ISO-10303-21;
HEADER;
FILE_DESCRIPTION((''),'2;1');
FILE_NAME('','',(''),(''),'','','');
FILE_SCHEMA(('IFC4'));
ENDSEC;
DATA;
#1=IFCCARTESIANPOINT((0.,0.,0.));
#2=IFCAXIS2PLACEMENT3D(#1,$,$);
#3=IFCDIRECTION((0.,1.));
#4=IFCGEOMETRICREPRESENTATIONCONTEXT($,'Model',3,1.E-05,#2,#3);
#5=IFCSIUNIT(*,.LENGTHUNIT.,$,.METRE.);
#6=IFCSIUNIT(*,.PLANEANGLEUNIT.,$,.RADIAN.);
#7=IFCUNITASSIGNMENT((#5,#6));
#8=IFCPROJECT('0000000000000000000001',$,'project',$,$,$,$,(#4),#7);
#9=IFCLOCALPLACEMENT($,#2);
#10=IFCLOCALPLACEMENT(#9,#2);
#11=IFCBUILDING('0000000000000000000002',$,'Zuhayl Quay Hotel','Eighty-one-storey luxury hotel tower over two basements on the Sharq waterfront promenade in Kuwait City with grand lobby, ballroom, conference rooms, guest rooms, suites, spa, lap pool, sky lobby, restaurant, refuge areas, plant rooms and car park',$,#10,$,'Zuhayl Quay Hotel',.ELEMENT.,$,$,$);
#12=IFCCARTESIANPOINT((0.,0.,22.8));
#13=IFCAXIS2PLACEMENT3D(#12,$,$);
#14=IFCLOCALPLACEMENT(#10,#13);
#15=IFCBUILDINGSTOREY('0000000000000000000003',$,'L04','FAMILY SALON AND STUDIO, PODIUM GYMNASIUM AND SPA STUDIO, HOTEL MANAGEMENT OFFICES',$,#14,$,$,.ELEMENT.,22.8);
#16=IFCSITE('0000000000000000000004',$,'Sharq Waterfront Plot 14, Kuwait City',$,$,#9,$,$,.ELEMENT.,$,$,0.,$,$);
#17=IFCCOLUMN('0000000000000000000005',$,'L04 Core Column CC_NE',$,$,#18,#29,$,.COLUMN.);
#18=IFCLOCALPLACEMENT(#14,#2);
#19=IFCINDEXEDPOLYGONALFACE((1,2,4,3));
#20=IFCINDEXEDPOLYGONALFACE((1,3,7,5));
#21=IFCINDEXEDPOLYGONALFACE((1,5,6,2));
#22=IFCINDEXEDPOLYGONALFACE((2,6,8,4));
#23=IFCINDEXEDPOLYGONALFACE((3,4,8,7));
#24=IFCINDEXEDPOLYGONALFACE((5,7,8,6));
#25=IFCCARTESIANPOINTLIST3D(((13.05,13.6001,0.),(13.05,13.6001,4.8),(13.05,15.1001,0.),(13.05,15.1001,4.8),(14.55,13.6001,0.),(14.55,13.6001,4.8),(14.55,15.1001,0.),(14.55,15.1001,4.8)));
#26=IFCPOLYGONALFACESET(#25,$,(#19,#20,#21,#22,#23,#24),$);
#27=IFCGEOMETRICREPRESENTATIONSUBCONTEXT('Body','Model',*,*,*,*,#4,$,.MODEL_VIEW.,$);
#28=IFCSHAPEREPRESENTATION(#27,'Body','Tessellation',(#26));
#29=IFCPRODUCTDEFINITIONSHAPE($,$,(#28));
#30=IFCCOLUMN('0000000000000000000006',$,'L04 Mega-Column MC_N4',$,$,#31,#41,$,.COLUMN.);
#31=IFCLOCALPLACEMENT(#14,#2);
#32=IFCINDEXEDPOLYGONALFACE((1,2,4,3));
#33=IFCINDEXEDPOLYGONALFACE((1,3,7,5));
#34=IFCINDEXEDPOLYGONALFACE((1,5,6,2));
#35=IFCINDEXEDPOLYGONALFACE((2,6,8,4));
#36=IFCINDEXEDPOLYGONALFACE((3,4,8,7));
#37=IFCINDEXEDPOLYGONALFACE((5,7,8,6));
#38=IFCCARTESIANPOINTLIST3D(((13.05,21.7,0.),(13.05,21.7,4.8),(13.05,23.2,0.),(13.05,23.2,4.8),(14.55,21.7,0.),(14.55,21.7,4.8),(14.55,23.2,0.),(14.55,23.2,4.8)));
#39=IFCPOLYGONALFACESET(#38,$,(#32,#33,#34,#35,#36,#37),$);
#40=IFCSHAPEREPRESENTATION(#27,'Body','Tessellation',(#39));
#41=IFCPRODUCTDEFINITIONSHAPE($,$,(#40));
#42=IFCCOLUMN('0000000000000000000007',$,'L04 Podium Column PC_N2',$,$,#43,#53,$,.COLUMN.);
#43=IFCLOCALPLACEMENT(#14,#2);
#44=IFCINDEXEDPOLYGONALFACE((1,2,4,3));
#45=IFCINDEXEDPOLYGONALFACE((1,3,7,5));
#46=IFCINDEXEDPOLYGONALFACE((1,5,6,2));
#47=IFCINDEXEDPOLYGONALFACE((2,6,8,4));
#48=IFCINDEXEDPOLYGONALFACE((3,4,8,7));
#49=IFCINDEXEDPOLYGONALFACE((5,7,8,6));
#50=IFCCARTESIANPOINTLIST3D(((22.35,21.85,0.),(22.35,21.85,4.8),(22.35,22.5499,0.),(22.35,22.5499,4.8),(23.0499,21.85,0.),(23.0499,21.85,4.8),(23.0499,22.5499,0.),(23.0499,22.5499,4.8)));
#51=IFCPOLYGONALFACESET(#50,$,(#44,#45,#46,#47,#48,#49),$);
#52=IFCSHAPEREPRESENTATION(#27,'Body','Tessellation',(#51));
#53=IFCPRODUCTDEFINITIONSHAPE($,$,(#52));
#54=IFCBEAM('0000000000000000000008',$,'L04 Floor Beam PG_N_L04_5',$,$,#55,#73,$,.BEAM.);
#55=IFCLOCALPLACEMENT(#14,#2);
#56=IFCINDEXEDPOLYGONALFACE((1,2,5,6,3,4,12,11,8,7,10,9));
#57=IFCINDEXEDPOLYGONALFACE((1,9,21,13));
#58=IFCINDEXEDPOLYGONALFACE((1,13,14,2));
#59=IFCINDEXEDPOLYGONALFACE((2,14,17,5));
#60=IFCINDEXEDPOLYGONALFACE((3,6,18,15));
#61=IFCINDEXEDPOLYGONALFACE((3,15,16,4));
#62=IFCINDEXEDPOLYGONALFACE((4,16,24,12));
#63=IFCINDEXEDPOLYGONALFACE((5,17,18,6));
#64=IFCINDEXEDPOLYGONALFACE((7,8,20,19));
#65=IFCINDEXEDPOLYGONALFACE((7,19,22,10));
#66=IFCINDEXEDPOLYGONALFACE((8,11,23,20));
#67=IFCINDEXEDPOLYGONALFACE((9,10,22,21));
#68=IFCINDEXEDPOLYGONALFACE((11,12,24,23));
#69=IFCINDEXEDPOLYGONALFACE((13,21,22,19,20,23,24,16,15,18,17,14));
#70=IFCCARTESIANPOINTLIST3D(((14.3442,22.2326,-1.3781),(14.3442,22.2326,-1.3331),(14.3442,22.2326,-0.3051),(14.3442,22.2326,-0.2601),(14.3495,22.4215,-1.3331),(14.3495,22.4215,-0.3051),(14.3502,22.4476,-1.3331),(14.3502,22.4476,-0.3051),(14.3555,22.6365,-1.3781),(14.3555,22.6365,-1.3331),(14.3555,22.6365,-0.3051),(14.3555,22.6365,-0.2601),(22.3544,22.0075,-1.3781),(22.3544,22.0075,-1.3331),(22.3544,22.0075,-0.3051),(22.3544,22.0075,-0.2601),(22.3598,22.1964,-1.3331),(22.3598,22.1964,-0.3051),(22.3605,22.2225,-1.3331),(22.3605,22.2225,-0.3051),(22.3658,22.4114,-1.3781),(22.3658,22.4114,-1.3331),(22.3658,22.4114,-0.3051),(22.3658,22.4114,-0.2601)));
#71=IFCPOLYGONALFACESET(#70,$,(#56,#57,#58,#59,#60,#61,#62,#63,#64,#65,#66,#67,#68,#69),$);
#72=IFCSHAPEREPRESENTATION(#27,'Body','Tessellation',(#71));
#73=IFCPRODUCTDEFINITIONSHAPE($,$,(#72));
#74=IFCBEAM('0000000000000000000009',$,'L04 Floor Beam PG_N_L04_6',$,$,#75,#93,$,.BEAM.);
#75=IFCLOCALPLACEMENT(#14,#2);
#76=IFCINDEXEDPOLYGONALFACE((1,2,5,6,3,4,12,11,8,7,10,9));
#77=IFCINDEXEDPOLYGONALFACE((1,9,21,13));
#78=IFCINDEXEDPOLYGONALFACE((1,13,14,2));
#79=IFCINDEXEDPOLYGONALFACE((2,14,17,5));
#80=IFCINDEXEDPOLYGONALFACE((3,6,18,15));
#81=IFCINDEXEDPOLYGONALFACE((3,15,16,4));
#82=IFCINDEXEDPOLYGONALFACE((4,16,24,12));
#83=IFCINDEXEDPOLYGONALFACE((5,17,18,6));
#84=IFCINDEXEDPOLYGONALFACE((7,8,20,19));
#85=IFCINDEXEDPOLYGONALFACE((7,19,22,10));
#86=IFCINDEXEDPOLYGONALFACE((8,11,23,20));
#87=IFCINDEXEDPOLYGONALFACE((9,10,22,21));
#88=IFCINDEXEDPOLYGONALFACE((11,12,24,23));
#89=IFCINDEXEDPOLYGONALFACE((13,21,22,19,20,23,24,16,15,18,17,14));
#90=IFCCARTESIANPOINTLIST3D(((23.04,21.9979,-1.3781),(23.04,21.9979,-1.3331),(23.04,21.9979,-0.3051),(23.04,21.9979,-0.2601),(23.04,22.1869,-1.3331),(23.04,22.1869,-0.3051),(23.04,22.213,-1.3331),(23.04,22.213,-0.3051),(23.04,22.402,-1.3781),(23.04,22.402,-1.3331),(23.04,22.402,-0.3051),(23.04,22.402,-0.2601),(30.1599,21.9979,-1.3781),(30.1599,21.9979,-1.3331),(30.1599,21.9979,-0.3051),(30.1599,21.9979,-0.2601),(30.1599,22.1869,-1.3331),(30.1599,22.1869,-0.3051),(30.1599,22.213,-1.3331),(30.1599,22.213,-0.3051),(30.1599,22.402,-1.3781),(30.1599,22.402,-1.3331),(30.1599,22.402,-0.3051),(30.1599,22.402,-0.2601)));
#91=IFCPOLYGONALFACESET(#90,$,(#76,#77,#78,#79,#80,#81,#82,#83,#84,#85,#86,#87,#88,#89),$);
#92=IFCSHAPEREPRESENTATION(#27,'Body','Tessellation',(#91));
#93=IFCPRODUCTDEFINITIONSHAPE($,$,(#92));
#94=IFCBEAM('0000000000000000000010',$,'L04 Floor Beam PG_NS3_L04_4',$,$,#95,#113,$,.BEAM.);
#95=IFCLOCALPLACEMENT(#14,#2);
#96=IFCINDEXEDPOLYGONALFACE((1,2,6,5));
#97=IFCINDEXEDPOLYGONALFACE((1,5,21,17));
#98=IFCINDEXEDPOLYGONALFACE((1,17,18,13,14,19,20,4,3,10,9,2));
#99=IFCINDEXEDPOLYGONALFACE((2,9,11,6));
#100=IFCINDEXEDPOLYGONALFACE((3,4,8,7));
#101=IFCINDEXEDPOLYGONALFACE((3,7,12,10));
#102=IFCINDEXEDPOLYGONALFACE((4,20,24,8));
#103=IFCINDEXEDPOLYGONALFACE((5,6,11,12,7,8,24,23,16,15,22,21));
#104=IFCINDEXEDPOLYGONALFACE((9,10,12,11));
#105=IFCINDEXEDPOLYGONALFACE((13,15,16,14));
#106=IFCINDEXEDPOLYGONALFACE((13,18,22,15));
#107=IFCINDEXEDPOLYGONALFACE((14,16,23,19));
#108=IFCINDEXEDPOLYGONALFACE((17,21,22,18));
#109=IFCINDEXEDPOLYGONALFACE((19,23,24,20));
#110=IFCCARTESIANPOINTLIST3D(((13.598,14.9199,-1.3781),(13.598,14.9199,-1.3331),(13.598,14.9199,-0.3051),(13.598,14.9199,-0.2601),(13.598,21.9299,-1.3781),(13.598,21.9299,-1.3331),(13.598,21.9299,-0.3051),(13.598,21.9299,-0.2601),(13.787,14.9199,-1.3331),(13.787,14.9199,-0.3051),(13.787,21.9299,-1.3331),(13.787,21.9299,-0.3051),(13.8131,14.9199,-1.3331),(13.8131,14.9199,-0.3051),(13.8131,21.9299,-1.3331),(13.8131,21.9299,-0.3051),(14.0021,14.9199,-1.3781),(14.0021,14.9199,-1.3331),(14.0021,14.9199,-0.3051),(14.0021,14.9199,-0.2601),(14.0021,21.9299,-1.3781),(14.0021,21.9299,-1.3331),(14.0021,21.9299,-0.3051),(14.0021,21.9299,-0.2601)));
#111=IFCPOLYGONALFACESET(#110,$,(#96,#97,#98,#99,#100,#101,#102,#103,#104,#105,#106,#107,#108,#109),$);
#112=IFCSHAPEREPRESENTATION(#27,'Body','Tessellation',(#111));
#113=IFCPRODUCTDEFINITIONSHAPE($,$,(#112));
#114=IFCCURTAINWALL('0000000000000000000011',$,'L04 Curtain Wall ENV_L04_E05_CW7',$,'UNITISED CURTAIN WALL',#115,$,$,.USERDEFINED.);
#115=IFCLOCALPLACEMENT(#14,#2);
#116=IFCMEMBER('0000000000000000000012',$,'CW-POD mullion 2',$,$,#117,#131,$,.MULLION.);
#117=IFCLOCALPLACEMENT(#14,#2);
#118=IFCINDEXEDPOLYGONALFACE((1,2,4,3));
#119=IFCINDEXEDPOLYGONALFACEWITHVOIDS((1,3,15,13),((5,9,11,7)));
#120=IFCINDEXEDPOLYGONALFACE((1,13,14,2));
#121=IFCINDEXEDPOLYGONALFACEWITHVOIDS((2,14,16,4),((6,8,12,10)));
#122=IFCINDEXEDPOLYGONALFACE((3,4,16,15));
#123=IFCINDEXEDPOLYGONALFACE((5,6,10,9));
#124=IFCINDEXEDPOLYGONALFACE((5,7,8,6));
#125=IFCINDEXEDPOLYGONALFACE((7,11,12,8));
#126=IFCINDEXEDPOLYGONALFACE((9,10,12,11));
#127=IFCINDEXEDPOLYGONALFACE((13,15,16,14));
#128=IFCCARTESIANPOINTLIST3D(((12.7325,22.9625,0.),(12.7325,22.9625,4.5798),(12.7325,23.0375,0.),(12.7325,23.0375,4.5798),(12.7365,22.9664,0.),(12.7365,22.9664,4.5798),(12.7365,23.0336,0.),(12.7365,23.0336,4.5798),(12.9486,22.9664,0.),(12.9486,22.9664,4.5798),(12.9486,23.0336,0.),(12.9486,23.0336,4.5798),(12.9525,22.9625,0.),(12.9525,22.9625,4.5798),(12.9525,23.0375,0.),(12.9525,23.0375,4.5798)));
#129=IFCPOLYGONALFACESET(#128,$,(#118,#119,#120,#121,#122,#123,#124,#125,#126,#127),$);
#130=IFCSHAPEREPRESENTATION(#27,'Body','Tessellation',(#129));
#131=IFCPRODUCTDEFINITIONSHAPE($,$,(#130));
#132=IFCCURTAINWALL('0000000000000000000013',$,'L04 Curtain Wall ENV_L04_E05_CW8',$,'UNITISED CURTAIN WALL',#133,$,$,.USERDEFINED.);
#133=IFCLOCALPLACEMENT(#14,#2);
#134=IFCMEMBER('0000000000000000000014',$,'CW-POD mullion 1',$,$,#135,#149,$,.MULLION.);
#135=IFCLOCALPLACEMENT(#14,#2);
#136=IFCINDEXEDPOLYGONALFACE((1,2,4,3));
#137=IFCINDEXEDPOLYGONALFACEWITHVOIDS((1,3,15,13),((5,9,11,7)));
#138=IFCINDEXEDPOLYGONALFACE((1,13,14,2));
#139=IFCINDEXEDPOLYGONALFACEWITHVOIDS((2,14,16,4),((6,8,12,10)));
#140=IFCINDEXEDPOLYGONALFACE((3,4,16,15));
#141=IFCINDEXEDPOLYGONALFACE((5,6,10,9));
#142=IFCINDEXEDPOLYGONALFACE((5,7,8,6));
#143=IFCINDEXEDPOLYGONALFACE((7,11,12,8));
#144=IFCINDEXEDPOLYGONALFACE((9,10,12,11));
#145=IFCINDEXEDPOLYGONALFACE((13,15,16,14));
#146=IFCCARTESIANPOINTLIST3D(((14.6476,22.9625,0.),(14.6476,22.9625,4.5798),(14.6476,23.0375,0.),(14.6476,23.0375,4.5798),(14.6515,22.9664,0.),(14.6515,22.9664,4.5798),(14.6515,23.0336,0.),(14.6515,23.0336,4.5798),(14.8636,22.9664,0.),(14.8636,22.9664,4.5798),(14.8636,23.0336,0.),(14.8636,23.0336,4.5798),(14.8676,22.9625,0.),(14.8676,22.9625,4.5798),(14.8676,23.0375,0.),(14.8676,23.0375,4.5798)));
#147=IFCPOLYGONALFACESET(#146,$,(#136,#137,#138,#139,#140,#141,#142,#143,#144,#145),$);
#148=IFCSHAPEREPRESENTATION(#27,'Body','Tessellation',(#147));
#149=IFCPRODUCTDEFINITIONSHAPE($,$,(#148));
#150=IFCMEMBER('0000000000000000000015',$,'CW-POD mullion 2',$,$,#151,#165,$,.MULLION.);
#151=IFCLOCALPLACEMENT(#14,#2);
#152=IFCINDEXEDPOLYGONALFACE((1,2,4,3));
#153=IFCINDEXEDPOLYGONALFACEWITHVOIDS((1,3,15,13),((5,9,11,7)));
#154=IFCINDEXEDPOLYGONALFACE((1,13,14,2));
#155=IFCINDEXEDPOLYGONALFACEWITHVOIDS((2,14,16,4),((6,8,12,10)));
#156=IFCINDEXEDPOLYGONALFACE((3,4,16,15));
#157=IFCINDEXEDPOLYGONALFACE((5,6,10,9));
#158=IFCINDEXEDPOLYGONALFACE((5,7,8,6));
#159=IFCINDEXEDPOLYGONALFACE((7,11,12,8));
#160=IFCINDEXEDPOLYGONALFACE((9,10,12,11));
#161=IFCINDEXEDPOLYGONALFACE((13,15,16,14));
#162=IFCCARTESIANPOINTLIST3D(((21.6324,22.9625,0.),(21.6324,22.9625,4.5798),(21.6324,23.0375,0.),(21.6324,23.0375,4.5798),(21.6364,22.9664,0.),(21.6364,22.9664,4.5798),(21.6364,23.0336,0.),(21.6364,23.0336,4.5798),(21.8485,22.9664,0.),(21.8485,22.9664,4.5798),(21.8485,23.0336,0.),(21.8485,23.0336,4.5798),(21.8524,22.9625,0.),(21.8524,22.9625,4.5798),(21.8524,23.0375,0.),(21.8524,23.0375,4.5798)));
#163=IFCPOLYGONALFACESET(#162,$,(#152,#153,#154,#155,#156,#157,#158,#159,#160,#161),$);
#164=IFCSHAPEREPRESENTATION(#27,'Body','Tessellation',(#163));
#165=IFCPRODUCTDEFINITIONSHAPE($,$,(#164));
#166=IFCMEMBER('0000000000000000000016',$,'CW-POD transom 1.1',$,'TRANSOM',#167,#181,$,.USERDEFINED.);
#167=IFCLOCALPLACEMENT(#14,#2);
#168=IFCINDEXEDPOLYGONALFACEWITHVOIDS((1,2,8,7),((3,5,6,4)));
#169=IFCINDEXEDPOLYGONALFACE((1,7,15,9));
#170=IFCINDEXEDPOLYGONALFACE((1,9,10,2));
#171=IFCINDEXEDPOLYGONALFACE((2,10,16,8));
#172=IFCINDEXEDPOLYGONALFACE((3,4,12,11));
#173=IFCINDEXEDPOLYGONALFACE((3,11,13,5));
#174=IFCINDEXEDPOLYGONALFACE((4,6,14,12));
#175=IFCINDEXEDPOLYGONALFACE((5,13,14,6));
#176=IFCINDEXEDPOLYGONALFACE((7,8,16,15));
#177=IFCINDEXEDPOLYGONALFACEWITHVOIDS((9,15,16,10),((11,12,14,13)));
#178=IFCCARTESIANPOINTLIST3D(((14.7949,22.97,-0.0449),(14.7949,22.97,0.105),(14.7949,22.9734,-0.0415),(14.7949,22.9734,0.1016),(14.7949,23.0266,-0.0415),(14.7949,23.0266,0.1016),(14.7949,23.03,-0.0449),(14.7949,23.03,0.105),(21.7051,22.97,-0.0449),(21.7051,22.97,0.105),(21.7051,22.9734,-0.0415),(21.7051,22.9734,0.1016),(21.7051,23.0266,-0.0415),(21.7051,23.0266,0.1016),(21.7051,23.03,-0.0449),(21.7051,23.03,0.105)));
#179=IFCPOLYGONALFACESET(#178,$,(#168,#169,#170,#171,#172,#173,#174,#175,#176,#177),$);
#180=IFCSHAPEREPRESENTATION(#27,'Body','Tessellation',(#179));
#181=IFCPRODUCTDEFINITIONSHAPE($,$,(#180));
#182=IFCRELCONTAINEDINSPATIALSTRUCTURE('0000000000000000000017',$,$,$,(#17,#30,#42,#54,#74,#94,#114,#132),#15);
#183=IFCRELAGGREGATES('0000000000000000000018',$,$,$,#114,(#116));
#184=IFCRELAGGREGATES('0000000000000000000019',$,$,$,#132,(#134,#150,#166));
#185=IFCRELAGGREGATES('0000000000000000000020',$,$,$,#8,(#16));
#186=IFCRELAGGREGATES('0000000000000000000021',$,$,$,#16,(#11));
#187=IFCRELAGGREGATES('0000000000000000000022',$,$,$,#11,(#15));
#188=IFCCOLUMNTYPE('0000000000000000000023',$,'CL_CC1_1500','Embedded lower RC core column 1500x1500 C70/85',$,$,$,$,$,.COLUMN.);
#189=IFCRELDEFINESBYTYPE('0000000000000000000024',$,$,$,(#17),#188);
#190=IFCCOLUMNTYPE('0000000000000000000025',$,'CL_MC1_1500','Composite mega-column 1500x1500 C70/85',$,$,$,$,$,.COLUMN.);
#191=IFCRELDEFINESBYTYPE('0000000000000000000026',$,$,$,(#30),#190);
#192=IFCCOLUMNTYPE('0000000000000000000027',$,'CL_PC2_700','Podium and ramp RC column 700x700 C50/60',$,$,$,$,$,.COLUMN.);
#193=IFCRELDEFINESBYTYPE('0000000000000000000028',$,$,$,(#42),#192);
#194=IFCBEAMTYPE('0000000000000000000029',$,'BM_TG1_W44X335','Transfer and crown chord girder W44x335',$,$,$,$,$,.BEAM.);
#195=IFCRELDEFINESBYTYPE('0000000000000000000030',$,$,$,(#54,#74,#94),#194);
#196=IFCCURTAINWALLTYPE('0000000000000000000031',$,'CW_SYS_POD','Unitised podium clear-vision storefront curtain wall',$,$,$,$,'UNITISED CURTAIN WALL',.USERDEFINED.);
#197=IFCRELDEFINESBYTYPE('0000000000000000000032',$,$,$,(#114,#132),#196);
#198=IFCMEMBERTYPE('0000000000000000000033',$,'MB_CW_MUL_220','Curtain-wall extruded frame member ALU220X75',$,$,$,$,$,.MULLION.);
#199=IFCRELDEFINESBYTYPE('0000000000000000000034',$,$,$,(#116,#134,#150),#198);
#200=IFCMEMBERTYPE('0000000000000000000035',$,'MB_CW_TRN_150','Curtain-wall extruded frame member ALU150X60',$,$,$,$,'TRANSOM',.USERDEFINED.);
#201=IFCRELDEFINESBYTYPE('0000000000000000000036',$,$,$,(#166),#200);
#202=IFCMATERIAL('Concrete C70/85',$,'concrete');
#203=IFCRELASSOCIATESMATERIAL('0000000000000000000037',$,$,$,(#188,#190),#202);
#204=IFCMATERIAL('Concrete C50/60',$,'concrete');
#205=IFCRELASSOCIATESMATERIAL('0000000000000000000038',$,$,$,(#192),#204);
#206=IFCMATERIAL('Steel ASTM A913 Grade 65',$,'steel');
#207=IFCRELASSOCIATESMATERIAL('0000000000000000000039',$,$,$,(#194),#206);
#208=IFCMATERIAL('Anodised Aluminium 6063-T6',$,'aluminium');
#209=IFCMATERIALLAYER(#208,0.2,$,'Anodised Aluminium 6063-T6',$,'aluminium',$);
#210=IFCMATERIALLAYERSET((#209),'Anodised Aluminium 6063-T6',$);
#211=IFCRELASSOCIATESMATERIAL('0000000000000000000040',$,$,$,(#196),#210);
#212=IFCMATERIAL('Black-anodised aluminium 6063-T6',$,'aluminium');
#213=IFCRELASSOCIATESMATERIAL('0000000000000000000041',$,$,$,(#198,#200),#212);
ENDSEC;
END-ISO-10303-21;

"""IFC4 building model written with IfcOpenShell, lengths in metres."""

from ifc_helpers import new_model, si_unit, direction, frame, origin, origin_2d, place, context, subcontext, project, spatial, rectangle, hollow_rectangle, i_section, extrude, material, layer, layer_set, material_profile, profile_set, type_object, element, aggregate, save


model = new_model("IFC4")

# Units and contexts
model_context = context("Model", 3, precision=1e-05, world=origin(), true_north=direction((0.0, 1.0)))
body_context = subcontext(model_context, "Body", "Model", "MODEL_VIEW")
ifc_project = project(units=[si_unit("LENGTHUNIT", "METRE"), si_unit("PLANEANGLEUNIT", "RADIAN")], contexts=[model_context])

# Site, building, storey
site_placement = place(None, origin())
site = spatial("IfcSite", under=ifc_project, at=site_placement, Name="Sharq Waterfront Plot 14, Kuwait City", CompositionType="ELEMENT", RefElevation=0.0)
building_placement = place(site_placement, origin())
building = spatial("IfcBuilding", under=site, at=building_placement, Name="Zuhayl Quay Hotel", Description="Eighty-one-storey luxury hotel tower over two basements on the Sharq waterfront promenade in Kuwait City with grand lobby, ballroom, conference rooms, guest rooms, suites, spa, lap pool, sky lobby, restaurant, refuge areas, plant rooms and car park", LongName="Zuhayl Quay Hotel", CompositionType="ELEMENT")
storey_placement = place(building_placement, frame((0.0, 0.0, 22.8)))
storey = spatial("IfcBuildingStorey", under=building, at=storey_placement, Name="L04", Description="FAMILY SALON AND STUDIO, PODIUM GYMNASIUM AND SPA STUDIO, HOTEL MANAGEMENT OFFICES", CompositionType="ELEMENT", Elevation=22.8)

# Columns
ifc_material_1 = material(Name="Concrete C70/85", Category="concrete")
ifc_material_profile_1 = material_profile(ifc_material_1, rectangle(XDim=1.5, YDim=1.5, at=origin_2d()), Name="RC1500X1500")
ifc_profile_set_1 = profile_set([ifc_material_profile_1], Name="Concrete C70/85")
column_type_1 = type_object("IfcColumnType", Name="CL_CC1_1500", Description="Embedded lower RC core column 1500x1500 C70/85", PredefinedType="COLUMN", material=ifc_profile_set_1)
column_1_placement = place(storey_placement, frame((13.8, 14.3501, 0.0), z_axis=(0.0, 0.0, 1.0), x_axis=(1.0, 0.0, 0.0)))
element("IfcColumn", 1, at=column_1_placement, inside=storey, type_object=column_type_1, Name="L04 Core Column CC_NE", PredefinedType="COLUMN", context=body_context, shape_type="SweptSolid", body=[
    extrude(rectangle(XDim=1.5, YDim=1.5, at=origin_2d()), origin(), (0.0, 0.0, 1.0), 4.8),
])
ifc_material_profile_2 = material_profile(ifc_material_1, rectangle(XDim=1.5, YDim=1.5, at=origin_2d()), Name="RC1500X1500")
ifc_profile_set_2 = profile_set([ifc_material_profile_2], Name="Concrete C70/85")
column_type_2 = type_object("IfcColumnType", Name="CL_MC1_1500", Description="Composite mega-column 1500x1500 C70/85", PredefinedType="COLUMN", material=ifc_profile_set_2)
column_2_placement = place(storey_placement, frame((13.8, 22.45, 0.0), z_axis=(0.0, 0.0, 1.0), x_axis=(1.0, 0.0, 0.0)))
element("IfcColumn", 2, at=column_2_placement, inside=storey, type_object=column_type_2, Name="L04 Mega-Column MC_N4", PredefinedType="COLUMN", context=body_context, shape_type="SweptSolid", body=[
    extrude(rectangle(XDim=1.5, YDim=1.5, at=origin_2d()), origin(), (0.0, 0.0, 1.0), 4.8),
])
ifc_material_2 = material(Name="Concrete C50/60", Category="concrete")
ifc_material_profile_3 = material_profile(ifc_material_2, rectangle(XDim=0.7, YDim=0.7, at=origin_2d()), Name="RC700X700")
ifc_profile_set_3 = profile_set([ifc_material_profile_3], Name="Concrete C50/60")
column_type_3 = type_object("IfcColumnType", Name="CL_PC2_700", Description="Podium and ramp RC column 700x700 C50/60", PredefinedType="COLUMN", material=ifc_profile_set_3)
column_3_placement = place(storey_placement, frame((22.7, 22.2, 0.0), z_axis=(0.0, 0.0, 1.0), x_axis=(1.0, 0.0, 0.0)))
element("IfcColumn", 3, at=column_3_placement, inside=storey, type_object=column_type_3, Name="L04 Podium Column PC_N2", PredefinedType="COLUMN", context=body_context, shape_type="SweptSolid", body=[
    extrude(rectangle(XDim=0.7, YDim=0.7, at=origin_2d()), origin(), (0.0, 0.0, 1.0), 4.8),
])

# Beams
ifc_material_3 = material(Name="Steel ASTM A913 Grade 65", Category="steel")
ifc_material_profile_4 = material_profile(ifc_material_3, i_section(OverallWidth=0.4041, OverallDepth=1.1179, WebThickness=0.0261, FlangeThickness=0.0449, at=origin_2d()), Name="W44X335")
ifc_profile_set_4 = profile_set([ifc_material_profile_4], Name="Steel ASTM A913 Grade 65")
beam_type = type_object("IfcBeamType", Name="BM_TG1_W44X335", Description="Transfer and crown chord girder W44x335", PredefinedType="BEAM", material=ifc_profile_set_4)
beam_1_placement = place(storey_placement, frame((14.3499, 22.4346, -0.8191), z_axis=(0.999605, -0.02809, 0.0), x_axis=(0.02809, 0.999605, 0.0)))
element("IfcBeam", 4, at=beam_1_placement, inside=storey, type_object=beam_type, Name="L04 Floor Beam PG_N_L04_5", PredefinedType="BEAM", context=body_context, shape_type="SweptSolid", body=[
    extrude(i_section(OverallWidth=0.4041, OverallDepth=1.1179, WebThickness=0.0261, FlangeThickness=0.0449, at=origin_2d()), origin(), (0.0, 0.0, 1.0), 8.0134),
])
beam_2_placement = place(storey_placement, frame((23.04, 22.2, -0.8191), z_axis=(1.0, 0.0, 0.0), x_axis=(0.0, 1.0, 0.0)))
element("IfcBeam", 5, at=beam_2_placement, inside=storey, type_object=beam_type, Name="L04 Floor Beam PG_N_L04_6", PredefinedType="BEAM", context=body_context, shape_type="SweptSolid", body=[
    extrude(i_section(OverallWidth=0.4041, OverallDepth=1.1179, WebThickness=0.0261, FlangeThickness=0.0449, at=origin_2d()), origin(), (0.0, 0.0, 1.0), 7.1199),
])
beam_3_placement = place(storey_placement, frame((13.8, 14.9199, -0.8191), z_axis=(0.0, 1.0, 0.0), x_axis=(-1.0, 0.0, 0.0)))
element("IfcBeam", 6, at=beam_3_placement, inside=storey, type_object=beam_type, Name="L04 Floor Beam PG_NS3_L04_4", PredefinedType="BEAM", context=body_context, shape_type="SweptSolid", body=[
    extrude(i_section(OverallWidth=0.4041, OverallDepth=1.1179, WebThickness=0.0261, FlangeThickness=0.0449, at=origin_2d()), origin(), (0.0, 0.0, 1.0), 7.01),
])

# Curtain wall, member
ifc_material_4 = material(Name="Anodised Aluminium 6063-T6", Category="aluminium")
ifc_layer_1 = layer(ifc_material_4, 0.2, Name="Anodised Aluminium 6063-T6", Category="aluminium")
ifc_layer_set_1 = layer_set([ifc_layer_1], Name="Anodised Aluminium 6063-T6")
curtain_wall_type = type_object("IfcCurtainWallType", Name="CW_SYS_POD", Description="Unitised podium clear-vision storefront curtain wall", ElementType="UNITISED CURTAIN WALL", PredefinedType="USERDEFINED", material=ifc_layer_set_1)
curtain_wall_1_placement = place(storey_placement, origin())
curtain_wall_1 = element("IfcCurtainWall", 7, at=curtain_wall_1_placement, inside=storey, type_object=curtain_wall_type, Name="L04 Curtain Wall ENV_L04_E05_CW7", ObjectType="UNITISED CURTAIN WALL", PredefinedType="USERDEFINED")
ifc_material_5 = material(Name="Black-anodised aluminium 6063-T6", Category="aluminium")
ifc_material_profile_5 = material_profile(ifc_material_5, hollow_rectangle(XDim=0.075, YDim=0.22, WallThickness=0.0039, at=origin_2d()), Name="ALU220X75")
ifc_profile_set_5 = profile_set([ifc_material_profile_5], Name="Black-anodised aluminium 6063-T6")
member_type_1 = type_object("IfcMemberType", Name="MB_CW_MUL_220", Description="Curtain-wall extruded frame member ALU220X75", PredefinedType="MULLION", material=ifc_profile_set_5)
member_1_placement = place(storey_placement, frame((12.8425, 23.0, 0.0), z_axis=(0.0, 0.0, 1.0), x_axis=(0.0, 1.0, 0.0)))
member_1 = element("IfcMember", 8, at=member_1_placement, type_object=member_type_1, Name="CW-POD mullion 2", PredefinedType="MULLION", context=body_context, shape_type="SweptSolid", body=[
    extrude(hollow_rectangle(XDim=0.075, YDim=0.22, WallThickness=0.0039, at=origin_2d()), origin(), (0.0, 0.0, 1.0), 4.5798),
])
aggregate(curtain_wall_1, [member_1])

# Curtain wall, members
curtain_wall_2_placement = place(storey_placement, origin())
curtain_wall_2 = element("IfcCurtainWall", 9, at=curtain_wall_2_placement, inside=storey, type_object=curtain_wall_type, Name="L04 Curtain Wall ENV_L04_E05_CW8", ObjectType="UNITISED CURTAIN WALL", PredefinedType="USERDEFINED")
member_2_placement = place(storey_placement, frame((14.7576, 23.0, 0.0), z_axis=(0.0, 0.0, 1.0), x_axis=(0.0, 1.0, 0.0)))
member_2 = element("IfcMember", 10, at=member_2_placement, type_object=member_type_1, Name="CW-POD mullion 1", PredefinedType="MULLION", context=body_context, shape_type="SweptSolid", body=[
    extrude(hollow_rectangle(XDim=0.075, YDim=0.22, WallThickness=0.0039, at=origin_2d()), origin(), (0.0, 0.0, 1.0), 4.5798),
])
member_3_placement = place(storey_placement, frame((21.7424, 23.0, 0.0), z_axis=(0.0, 0.0, 1.0), x_axis=(0.0, 1.0, 0.0)))
member_3 = element("IfcMember", 11, at=member_3_placement, type_object=member_type_1, Name="CW-POD mullion 2", PredefinedType="MULLION", context=body_context, shape_type="SweptSolid", body=[
    extrude(hollow_rectangle(XDim=0.075, YDim=0.22, WallThickness=0.0039, at=origin_2d()), origin(), (0.0, 0.0, 1.0), 4.5798),
])
ifc_material_profile_6 = material_profile(ifc_material_5, hollow_rectangle(XDim=0.0601, YDim=0.1499, WallThickness=0.0034, at=origin_2d()), Name="ALU150X60")
ifc_profile_set_6 = profile_set([ifc_material_profile_6], Name="Black-anodised aluminium 6063-T6")
member_type_2 = type_object("IfcMemberType", Name="MB_CW_TRN_150", Description="Curtain-wall extruded frame member ALU150X60", ElementType="TRANSOM", PredefinedType="USERDEFINED", material=ifc_profile_set_6)
member_4_placement = place(storey_placement, frame((14.7949, 23.0, 0.03), z_axis=(1.0, 0.0, 0.0), x_axis=(0.0, 1.0, 0.0)))
member_4 = element("IfcMember", 12, at=member_4_placement, type_object=member_type_2, Name="CW-POD transom 1.1", ObjectType="TRANSOM", PredefinedType="USERDEFINED", context=body_context, shape_type="SweptSolid", body=[
    extrude(hollow_rectangle(XDim=0.0601, YDim=0.1499, WallThickness=0.0034, at=origin_2d()), origin(), (0.0, 0.0, 1.0), 6.9102),
])
aggregate(curtain_wall_2, [member_2, member_3, member_4])

save(model, "model.ifc")
